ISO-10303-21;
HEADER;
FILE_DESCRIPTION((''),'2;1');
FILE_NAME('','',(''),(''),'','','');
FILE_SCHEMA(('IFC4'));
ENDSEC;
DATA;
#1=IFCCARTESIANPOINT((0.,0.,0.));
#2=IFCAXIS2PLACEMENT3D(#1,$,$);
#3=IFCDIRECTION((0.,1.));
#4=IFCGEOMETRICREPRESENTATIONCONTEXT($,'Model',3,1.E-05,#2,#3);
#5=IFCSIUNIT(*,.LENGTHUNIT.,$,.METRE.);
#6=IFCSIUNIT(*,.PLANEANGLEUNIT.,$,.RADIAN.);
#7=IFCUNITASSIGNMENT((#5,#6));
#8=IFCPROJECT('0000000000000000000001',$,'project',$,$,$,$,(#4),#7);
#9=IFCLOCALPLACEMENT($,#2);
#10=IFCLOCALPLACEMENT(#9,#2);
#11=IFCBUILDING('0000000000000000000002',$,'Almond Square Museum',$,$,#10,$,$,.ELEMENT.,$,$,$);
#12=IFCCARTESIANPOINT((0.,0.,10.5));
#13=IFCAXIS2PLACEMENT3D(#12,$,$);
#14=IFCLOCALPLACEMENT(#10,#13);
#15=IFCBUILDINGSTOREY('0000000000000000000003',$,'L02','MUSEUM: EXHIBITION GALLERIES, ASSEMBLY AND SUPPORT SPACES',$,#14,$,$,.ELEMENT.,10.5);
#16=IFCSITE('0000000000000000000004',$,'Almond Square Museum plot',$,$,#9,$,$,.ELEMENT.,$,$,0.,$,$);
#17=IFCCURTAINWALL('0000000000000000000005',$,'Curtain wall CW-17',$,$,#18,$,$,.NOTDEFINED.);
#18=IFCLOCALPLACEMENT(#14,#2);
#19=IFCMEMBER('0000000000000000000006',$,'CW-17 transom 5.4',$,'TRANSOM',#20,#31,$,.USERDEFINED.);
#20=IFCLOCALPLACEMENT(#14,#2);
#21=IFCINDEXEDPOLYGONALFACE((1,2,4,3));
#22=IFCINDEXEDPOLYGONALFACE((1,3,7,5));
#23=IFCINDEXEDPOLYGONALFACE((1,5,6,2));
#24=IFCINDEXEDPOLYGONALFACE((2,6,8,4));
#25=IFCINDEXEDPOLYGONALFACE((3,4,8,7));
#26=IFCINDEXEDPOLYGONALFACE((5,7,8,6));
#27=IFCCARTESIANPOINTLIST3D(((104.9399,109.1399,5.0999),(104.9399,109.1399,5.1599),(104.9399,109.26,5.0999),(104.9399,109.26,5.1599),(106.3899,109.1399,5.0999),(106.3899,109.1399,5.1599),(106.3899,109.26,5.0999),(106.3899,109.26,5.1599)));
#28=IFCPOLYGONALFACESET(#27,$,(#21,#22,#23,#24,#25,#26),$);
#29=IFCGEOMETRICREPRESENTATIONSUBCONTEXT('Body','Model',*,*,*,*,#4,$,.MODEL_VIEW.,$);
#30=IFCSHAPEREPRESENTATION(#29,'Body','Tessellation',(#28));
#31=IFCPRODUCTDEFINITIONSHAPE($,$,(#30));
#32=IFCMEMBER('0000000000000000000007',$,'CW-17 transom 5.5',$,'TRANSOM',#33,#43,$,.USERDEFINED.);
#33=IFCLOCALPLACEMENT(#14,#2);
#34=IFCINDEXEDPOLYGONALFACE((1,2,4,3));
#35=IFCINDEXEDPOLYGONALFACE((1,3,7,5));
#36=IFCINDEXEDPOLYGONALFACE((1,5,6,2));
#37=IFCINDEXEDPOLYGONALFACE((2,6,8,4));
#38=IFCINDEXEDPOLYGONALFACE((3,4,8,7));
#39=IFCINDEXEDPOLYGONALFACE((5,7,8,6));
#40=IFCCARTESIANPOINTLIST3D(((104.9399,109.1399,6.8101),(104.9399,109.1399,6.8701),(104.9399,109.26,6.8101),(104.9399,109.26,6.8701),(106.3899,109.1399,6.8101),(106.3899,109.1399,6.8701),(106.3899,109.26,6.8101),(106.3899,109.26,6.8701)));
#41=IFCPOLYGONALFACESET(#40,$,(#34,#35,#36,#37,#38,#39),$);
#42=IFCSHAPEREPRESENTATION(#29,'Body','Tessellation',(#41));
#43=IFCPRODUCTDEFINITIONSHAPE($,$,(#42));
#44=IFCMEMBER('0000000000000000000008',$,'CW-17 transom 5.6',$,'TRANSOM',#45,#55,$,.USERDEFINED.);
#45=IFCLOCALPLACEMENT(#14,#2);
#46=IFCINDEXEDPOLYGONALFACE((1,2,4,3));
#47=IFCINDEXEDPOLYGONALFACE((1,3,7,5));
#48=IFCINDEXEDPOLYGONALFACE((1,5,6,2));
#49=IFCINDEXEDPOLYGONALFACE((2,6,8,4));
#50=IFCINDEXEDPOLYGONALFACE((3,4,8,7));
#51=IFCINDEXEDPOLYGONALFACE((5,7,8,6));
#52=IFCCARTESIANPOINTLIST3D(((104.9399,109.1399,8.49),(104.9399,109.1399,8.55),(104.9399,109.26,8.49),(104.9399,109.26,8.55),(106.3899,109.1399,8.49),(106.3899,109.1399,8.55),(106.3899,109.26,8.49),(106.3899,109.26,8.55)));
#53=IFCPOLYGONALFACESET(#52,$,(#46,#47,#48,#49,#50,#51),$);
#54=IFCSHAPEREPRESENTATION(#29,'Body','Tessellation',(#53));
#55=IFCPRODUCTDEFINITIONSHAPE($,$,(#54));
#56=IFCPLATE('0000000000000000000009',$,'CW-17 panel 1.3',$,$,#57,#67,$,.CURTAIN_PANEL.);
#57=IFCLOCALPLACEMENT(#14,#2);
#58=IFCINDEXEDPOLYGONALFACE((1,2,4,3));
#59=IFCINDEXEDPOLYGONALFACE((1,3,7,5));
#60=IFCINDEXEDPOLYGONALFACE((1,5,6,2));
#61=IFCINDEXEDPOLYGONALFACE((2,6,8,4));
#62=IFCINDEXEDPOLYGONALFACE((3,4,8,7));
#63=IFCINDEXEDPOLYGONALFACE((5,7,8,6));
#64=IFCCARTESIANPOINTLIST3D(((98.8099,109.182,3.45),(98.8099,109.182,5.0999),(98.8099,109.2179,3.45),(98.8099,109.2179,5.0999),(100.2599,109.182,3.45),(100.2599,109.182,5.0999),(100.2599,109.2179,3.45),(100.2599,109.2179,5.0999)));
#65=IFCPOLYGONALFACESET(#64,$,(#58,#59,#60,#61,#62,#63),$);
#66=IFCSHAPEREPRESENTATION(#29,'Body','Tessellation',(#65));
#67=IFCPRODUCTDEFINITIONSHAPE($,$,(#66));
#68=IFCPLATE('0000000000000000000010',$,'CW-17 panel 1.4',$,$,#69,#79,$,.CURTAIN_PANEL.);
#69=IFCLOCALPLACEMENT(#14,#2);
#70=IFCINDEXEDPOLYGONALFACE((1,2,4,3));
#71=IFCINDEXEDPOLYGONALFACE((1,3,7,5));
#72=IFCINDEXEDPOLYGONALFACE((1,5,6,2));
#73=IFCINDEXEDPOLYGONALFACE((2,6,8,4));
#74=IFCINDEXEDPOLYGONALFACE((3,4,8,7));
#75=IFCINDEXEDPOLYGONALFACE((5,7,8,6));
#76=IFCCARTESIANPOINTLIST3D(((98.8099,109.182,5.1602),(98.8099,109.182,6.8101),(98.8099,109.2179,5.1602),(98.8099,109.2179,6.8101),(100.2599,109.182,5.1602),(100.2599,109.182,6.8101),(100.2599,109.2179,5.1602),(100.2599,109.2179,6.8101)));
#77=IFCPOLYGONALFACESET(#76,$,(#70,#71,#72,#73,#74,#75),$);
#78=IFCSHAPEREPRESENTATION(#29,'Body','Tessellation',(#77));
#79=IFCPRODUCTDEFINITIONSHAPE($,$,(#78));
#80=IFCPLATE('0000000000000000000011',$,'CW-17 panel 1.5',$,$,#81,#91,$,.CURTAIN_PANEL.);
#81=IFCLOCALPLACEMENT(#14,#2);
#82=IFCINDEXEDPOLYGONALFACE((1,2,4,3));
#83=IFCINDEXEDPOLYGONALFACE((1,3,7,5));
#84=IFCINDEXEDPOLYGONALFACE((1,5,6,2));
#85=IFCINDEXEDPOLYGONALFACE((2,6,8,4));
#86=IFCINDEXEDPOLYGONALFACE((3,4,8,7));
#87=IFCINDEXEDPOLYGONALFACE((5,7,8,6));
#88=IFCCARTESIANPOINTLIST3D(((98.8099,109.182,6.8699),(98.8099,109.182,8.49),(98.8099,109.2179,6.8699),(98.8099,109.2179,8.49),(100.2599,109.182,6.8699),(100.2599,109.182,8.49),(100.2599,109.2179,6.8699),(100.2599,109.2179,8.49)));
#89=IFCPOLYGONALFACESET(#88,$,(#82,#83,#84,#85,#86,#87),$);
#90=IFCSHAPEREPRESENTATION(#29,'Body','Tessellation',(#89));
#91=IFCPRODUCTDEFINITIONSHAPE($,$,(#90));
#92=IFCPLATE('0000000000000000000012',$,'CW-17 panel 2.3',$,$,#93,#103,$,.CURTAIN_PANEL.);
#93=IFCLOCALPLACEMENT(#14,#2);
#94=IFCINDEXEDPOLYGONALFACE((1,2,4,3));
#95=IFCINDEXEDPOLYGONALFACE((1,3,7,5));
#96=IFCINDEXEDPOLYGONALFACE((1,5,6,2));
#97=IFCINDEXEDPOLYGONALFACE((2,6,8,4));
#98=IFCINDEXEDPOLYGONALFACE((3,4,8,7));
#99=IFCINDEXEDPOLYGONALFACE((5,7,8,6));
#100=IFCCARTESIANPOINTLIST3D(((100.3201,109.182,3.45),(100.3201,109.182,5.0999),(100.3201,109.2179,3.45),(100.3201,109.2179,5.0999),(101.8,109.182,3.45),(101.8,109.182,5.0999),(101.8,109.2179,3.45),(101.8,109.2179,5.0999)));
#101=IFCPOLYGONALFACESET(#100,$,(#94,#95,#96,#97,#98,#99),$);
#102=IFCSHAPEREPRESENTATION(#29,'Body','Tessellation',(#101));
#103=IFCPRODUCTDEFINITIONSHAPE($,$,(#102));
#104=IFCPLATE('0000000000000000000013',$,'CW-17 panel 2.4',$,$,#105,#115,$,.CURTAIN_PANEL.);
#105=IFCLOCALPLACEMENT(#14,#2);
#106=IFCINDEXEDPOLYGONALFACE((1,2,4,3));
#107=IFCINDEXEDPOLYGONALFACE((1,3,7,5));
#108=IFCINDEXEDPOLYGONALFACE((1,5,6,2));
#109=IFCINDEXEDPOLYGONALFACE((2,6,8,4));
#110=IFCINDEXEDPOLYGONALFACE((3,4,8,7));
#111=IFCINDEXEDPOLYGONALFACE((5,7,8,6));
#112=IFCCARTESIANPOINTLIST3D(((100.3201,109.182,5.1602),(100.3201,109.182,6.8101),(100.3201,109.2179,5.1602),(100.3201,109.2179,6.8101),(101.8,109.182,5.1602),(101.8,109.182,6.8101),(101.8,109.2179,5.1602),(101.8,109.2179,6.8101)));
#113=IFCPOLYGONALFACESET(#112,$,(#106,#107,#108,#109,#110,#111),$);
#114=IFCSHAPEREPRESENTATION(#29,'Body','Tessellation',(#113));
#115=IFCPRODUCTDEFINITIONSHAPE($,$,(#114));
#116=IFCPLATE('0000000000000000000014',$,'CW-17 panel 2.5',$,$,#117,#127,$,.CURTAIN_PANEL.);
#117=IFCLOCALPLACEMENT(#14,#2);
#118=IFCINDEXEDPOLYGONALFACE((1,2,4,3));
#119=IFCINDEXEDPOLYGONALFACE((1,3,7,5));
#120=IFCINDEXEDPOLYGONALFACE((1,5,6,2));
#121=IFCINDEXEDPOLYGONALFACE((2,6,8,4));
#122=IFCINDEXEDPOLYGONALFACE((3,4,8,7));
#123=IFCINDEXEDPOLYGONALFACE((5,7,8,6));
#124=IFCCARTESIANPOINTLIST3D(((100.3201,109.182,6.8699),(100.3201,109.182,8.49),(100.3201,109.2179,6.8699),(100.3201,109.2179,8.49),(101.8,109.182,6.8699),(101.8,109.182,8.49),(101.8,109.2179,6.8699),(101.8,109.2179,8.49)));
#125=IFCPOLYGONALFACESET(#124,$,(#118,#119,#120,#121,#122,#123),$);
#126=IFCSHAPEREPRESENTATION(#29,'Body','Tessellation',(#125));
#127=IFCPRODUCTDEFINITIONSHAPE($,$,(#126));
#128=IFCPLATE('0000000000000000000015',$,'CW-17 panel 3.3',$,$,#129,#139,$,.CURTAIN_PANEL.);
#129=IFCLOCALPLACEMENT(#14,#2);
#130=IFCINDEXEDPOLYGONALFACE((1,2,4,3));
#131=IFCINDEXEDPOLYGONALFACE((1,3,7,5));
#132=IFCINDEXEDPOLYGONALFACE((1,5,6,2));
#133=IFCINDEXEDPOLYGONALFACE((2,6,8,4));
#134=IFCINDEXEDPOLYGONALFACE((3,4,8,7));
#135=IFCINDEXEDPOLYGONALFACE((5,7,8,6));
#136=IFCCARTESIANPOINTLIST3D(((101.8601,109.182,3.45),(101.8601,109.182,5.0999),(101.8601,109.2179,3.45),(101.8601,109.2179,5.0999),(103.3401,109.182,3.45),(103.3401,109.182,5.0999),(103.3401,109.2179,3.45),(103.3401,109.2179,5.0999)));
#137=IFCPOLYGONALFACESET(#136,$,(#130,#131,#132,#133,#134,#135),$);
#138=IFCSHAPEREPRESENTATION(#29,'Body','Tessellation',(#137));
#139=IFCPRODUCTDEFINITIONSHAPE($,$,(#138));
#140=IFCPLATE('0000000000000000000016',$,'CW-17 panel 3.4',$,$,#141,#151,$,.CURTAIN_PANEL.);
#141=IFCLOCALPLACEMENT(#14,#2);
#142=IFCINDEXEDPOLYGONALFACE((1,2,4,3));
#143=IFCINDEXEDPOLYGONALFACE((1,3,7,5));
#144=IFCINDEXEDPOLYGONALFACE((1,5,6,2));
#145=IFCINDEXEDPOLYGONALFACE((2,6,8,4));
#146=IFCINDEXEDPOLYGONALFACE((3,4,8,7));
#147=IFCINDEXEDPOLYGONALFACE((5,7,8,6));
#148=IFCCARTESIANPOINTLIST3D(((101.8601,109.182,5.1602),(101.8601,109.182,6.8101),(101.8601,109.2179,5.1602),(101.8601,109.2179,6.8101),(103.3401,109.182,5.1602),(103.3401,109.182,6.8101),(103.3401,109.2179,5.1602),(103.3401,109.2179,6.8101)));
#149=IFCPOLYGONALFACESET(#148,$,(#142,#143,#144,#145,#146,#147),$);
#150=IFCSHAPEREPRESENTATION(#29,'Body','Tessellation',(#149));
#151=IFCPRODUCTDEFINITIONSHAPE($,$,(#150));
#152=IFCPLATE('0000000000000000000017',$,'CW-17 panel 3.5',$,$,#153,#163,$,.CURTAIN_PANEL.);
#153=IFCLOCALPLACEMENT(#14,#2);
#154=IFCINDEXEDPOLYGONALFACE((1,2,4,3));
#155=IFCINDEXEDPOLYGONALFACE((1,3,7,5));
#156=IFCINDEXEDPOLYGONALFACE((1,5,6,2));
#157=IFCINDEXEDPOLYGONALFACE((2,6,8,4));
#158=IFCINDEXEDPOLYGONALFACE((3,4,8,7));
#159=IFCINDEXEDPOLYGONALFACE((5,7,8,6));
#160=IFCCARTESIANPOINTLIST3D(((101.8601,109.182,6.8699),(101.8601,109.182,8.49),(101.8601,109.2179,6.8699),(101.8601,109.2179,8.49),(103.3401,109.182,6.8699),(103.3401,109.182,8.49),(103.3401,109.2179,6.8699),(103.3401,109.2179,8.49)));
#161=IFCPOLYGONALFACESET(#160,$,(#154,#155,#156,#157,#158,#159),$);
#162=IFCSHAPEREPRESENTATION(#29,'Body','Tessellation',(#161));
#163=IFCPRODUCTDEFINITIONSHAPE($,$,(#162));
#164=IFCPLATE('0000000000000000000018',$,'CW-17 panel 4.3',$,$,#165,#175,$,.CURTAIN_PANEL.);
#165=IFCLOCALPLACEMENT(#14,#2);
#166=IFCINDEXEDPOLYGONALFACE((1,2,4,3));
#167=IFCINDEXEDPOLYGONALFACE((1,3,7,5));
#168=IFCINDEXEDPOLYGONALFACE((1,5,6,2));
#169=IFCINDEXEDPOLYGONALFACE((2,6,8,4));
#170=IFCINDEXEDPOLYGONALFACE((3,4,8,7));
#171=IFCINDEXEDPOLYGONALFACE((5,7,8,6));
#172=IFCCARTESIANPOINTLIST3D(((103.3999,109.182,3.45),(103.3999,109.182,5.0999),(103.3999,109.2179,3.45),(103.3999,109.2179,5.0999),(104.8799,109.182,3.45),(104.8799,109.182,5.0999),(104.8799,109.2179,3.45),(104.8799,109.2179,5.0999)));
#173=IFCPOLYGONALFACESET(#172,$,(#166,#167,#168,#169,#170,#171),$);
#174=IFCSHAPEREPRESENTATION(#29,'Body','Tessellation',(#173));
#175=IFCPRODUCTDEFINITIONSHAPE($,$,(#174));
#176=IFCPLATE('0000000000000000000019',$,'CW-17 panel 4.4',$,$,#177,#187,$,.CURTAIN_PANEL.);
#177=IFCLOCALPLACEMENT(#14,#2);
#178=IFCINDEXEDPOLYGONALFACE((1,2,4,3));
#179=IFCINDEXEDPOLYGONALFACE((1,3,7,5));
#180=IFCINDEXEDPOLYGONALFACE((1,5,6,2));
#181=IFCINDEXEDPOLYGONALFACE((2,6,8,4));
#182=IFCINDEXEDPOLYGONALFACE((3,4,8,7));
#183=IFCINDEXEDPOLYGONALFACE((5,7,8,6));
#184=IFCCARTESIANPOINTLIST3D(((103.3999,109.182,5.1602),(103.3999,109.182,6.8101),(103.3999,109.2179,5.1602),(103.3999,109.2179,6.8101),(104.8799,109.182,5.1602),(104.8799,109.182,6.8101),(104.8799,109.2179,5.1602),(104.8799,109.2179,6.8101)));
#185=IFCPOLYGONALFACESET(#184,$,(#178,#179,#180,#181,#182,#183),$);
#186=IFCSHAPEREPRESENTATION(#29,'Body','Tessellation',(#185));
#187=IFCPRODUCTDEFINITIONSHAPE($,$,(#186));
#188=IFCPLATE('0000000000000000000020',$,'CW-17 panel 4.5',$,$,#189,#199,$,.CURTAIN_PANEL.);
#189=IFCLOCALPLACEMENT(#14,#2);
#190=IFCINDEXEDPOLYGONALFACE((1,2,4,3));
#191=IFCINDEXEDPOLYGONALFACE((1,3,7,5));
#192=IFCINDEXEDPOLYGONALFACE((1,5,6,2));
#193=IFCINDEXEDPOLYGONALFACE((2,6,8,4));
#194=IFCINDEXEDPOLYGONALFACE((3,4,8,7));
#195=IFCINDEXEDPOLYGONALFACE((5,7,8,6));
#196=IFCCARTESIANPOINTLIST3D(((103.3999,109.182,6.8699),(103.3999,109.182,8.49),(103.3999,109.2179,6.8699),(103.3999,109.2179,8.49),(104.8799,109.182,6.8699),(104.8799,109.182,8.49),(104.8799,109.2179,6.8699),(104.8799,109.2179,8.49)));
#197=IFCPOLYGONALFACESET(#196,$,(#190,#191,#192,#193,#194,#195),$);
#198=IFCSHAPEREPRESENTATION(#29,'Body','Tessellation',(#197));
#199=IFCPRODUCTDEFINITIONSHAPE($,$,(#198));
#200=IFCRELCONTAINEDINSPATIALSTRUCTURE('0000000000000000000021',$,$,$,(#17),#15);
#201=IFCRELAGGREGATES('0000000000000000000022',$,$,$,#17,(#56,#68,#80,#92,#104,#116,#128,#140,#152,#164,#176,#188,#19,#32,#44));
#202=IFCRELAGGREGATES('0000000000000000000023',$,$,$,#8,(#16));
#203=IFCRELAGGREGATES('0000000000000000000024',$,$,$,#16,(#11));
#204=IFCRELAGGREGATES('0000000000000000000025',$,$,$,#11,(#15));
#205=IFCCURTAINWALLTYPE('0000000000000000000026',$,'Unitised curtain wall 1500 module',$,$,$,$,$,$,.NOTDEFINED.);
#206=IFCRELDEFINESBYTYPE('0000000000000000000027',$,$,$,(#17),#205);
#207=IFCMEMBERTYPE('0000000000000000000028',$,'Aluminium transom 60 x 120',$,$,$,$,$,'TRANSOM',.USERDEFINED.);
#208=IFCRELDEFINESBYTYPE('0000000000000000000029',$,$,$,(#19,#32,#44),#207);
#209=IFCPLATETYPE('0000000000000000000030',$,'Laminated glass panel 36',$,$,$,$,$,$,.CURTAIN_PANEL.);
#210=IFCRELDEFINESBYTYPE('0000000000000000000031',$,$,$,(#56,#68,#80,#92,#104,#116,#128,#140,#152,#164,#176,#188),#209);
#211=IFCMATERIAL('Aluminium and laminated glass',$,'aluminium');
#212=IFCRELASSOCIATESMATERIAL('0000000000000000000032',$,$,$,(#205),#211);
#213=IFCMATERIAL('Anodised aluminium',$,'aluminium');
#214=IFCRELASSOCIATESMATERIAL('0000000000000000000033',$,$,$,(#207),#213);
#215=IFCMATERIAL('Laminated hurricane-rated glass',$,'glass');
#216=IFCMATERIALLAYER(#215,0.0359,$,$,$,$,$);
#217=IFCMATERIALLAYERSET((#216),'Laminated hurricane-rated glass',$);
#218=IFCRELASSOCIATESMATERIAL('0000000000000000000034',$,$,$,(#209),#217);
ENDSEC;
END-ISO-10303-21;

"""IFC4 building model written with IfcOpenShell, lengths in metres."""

from ifc_helpers import new_model, si_unit, direction, frame, origin, origin_2d, place, context, subcontext, project, spatial, rectangle, extrude, material, layer, layer_set, material_profile, profile_set, type_object, element, aggregate, save


model = new_model("IFC4")

# Units and contexts
model_context = context("Model", 3, precision=1e-05, world=origin(), true_north=direction((0.0, 1.0)))
body_context = subcontext(model_context, "Body", "Model", "MODEL_VIEW")
ifc_project = project(units=[si_unit("LENGTHUNIT", "METRE"), si_unit("PLANEANGLEUNIT", "RADIAN")], contexts=[model_context])

# Site, building, storey
site_placement = place(None, origin())
site = spatial("IfcSite", under=ifc_project, at=site_placement, Name="Almond Square Museum plot", CompositionType="ELEMENT", RefElevation=0.0)
building_placement = place(site_placement, origin())
building = spatial("IfcBuilding", under=site, at=building_placement, Name="Almond Square Museum", CompositionType="ELEMENT")
storey_placement = place(building_placement, frame((0.0, 0.0, 10.5)))
storey = spatial("IfcBuildingStorey", under=building, at=storey_placement, Name="L02", Description="MUSEUM: EXHIBITION GALLERIES, ASSEMBLY AND SUPPORT SPACES", CompositionType="ELEMENT", Elevation=10.5)

# Curtain wall, members, plates
ifc_material_1 = material(Name="Aluminium and laminated glass", Category="aluminium")
curtain_wall_type = type_object("IfcCurtainWallType", Name="Unitised curtain wall 1500 module", PredefinedType="NOTDEFINED", material=ifc_material_1)
curtain_wall_placement = place(storey_placement, origin())
curtain_wall = element("IfcCurtainWall", 1, at=curtain_wall_placement, inside=storey, type_object=curtain_wall_type, Name="Curtain wall CW-17", PredefinedType="NOTDEFINED")
ifc_material_2 = material(Name="Anodised aluminium", Category="aluminium")
ifc_material_profile = material_profile(ifc_material_2, rectangle(XDim=0.1201, YDim=0.0601, at=origin_2d()))
ifc_profile_set = profile_set([ifc_material_profile], Name="Anodised aluminium")
member_type = type_object("IfcMemberType", Name="Aluminium transom 60 x 120", ElementType="TRANSOM", PredefinedType="USERDEFINED", material=ifc_profile_set)
member_1_placement = place(storey_placement, frame((104.9399, 109.2, 5.1299), z_axis=(1.0, 0.0, 0.0), x_axis=(0.0, 1.0, 0.0)))
member_1 = element("IfcMember", 2, at=member_1_placement, type_object=member_type, Name="CW-17 transom 5.4", ObjectType="TRANSOM", PredefinedType="USERDEFINED", context=body_context, shape_type="SweptSolid", body=[
    extrude(rectangle(XDim=0.1201, YDim=0.0601, at=origin_2d()), origin(), (0.0, 0.0, 1.0), 1.45),
])
member_2_placement = place(storey_placement, frame((104.9399, 109.2, 6.8401), z_axis=(1.0, 0.0, 0.0), x_axis=(0.0, 1.0, 0.0)))
member_2 = element("IfcMember", 3, at=member_2_placement, type_object=member_type, Name="CW-17 transom 5.5", ObjectType="TRANSOM", PredefinedType="USERDEFINED", context=body_context, shape_type="SweptSolid", body=[
    extrude(rectangle(XDim=0.1201, YDim=0.0601, at=origin_2d()), origin(), (0.0, 0.0, 1.0), 1.45),
])
member_3_placement = place(storey_placement, frame((104.9399, 109.2, 8.52), z_axis=(1.0, 0.0, 0.0), x_axis=(0.0, 1.0, 0.0)))
member_3 = element("IfcMember", 4, at=member_3_placement, type_object=member_type, Name="CW-17 transom 5.6", ObjectType="TRANSOM", PredefinedType="USERDEFINED", context=body_context, shape_type="SweptSolid", body=[
    extrude(rectangle(XDim=0.1201, YDim=0.0601, at=origin_2d()), origin(), (0.0, 0.0, 1.0), 1.45),
])
ifc_material_3 = material(Name="Laminated hurricane-rated glass", Category="glass")
ifc_layer = layer(ifc_material_3, 0.0359)
ifc_layer_set = layer_set([ifc_layer], Name="Laminated hurricane-rated glass")
plate_type = type_object("IfcPlateType", Name="Laminated glass panel 36", PredefinedType="CURTAIN_PANEL", material=ifc_layer_set)
plate_1_placement = place(storey_placement, frame((99.5349, 109.2, 3.45), z_axis=(0.0, 0.0, 1.0), x_axis=(1.0, 0.0, 0.0)))
plate_1 = element("IfcPlate", 5, at=plate_1_placement, type_object=plate_type, Name="CW-17 panel 1.3", PredefinedType="CURTAIN_PANEL", context=body_context, shape_type="SweptSolid", body=[
    extrude(rectangle(XDim=1.45, YDim=0.0359, at=origin_2d()), origin(), (0.0, 0.0, 1.0), 1.6499),
])
plate_2_placement = place(storey_placement, frame((99.5349, 109.2, 5.1602), z_axis=(0.0, 0.0, 1.0), x_axis=(1.0, 0.0, 0.0)))
plate_2 = element("IfcPlate", 6, at=plate_2_placement, type_object=plate_type, Name="CW-17 panel 1.4", PredefinedType="CURTAIN_PANEL", context=body_context, shape_type="SweptSolid", body=[
    extrude(rectangle(XDim=1.45, YDim=0.0359, at=origin_2d()), origin(), (0.0, 0.0, 1.0), 1.6499),
])
plate_3_placement = place(storey_placement, frame((99.5349, 109.2, 6.8699), z_axis=(0.0, 0.0, 1.0), x_axis=(1.0, 0.0, 0.0)))
plate_3 = element("IfcPlate", 7, at=plate_3_placement, type_object=plate_type, Name="CW-17 panel 1.5", PredefinedType="CURTAIN_PANEL", context=body_context, shape_type="SweptSolid", body=[
    extrude(rectangle(XDim=1.45, YDim=0.0359, at=origin_2d()), origin(), (0.0, 0.0, 1.0), 1.6201),
])
plate_4_placement = place(storey_placement, frame((101.0601, 109.2, 3.45), z_axis=(0.0, 0.0, 1.0), x_axis=(1.0, 0.0, 0.0)))
plate_4 = element("IfcPlate", 8, at=plate_4_placement, type_object=plate_type, Name="CW-17 panel 2.3", PredefinedType="CURTAIN_PANEL", context=body_context, shape_type="SweptSolid", body=[
    extrude(rectangle(XDim=1.48, YDim=0.0359, at=origin_2d()), origin(), (0.0, 0.0, 1.0), 1.6499),
])
plate_5_placement = place(storey_placement, frame((101.0601, 109.2, 5.1602), z_axis=(0.0, 0.0, 1.0), x_axis=(1.0, 0.0, 0.0)))
plate_5 = element("IfcPlate", 9, at=plate_5_placement, type_object=plate_type, Name="CW-17 panel 2.4", PredefinedType="CURTAIN_PANEL", context=body_context, shape_type="SweptSolid", body=[
    extrude(rectangle(XDim=1.48, YDim=0.0359, at=origin_2d()), origin(), (0.0, 0.0, 1.0), 1.6499),
])
plate_6_placement = place(storey_placement, frame((101.0601, 109.2, 6.8699), z_axis=(0.0, 0.0, 1.0), x_axis=(1.0, 0.0, 0.0)))
plate_6 = element("IfcPlate", 10, at=plate_6_placement, type_object=plate_type, Name="CW-17 panel 2.5", PredefinedType="CURTAIN_PANEL", context=body_context, shape_type="SweptSolid", body=[
    extrude(rectangle(XDim=1.48, YDim=0.0359, at=origin_2d()), origin(), (0.0, 0.0, 1.0), 1.6201),
])
plate_7_placement = place(storey_placement, frame((102.6001, 109.2, 3.45), z_axis=(0.0, 0.0, 1.0), x_axis=(1.0, 0.0, 0.0)))
plate_7 = element("IfcPlate", 11, at=plate_7_placement, type_object=plate_type, Name="CW-17 panel 3.3", PredefinedType="CURTAIN_PANEL", context=body_context, shape_type="SweptSolid", body=[
    extrude(rectangle(XDim=1.48, YDim=0.0359, at=origin_2d()), origin(), (0.0, 0.0, 1.0), 1.6499),
])
plate_8_placement = place(storey_placement, frame((102.6001, 109.2, 5.1602), z_axis=(0.0, 0.0, 1.0), x_axis=(1.0, 0.0, 0.0)))
plate_8 = element("IfcPlate", 12, at=plate_8_placement, type_object=plate_type, Name="CW-17 panel 3.4", PredefinedType="CURTAIN_PANEL", context=body_context, shape_type="SweptSolid", body=[
    extrude(rectangle(XDim=1.48, YDim=0.0359, at=origin_2d()), origin(), (0.0, 0.0, 1.0), 1.6499),
])
plate_9_placement = place(storey_placement, frame((102.6001, 109.2, 6.8699), z_axis=(0.0, 0.0, 1.0), x_axis=(1.0, 0.0, 0.0)))
plate_9 = element("IfcPlate", 13, at=plate_9_placement, type_object=plate_type, Name="CW-17 panel 3.5", PredefinedType="CURTAIN_PANEL", context=body_context, shape_type="SweptSolid", body=[
    extrude(rectangle(XDim=1.48, YDim=0.0359, at=origin_2d()), origin(), (0.0, 0.0, 1.0), 1.6201),
])
plate_10_placement = place(storey_placement, frame((104.1399, 109.2, 3.45), z_axis=(0.0, 0.0, 1.0), x_axis=(1.0, 0.0, 0.0)))
plate_10 = element("IfcPlate", 14, at=plate_10_placement, type_object=plate_type, Name="CW-17 panel 4.3", PredefinedType="CURTAIN_PANEL", context=body_context, shape_type="SweptSolid", body=[
    extrude(rectangle(XDim=1.48, YDim=0.0359, at=origin_2d()), origin(), (0.0, 0.0, 1.0), 1.6499),
])
plate_11_placement = place(storey_placement, frame((104.1399, 109.2, 5.1602), z_axis=(0.0, 0.0, 1.0), x_axis=(1.0, 0.0, 0.0)))
plate_11 = element("IfcPlate", 15, at=plate_11_placement, type_object=plate_type, Name="CW-17 panel 4.4", PredefinedType="CURTAIN_PANEL", context=body_context, shape_type="SweptSolid", body=[
    extrude(rectangle(XDim=1.48, YDim=0.0359, at=origin_2d()), origin(), (0.0, 0.0, 1.0), 1.6499),
])
plate_12_placement = place(storey_placement, frame((104.1399, 109.2, 6.8699), z_axis=(0.0, 0.0, 1.0), x_axis=(1.0, 0.0, 0.0)))
plate_12 = element("IfcPlate", 16, at=plate_12_placement, type_object=plate_type, Name="CW-17 panel 4.5", PredefinedType="CURTAIN_PANEL", context=body_context, shape_type="SweptSolid", body=[
    extrude(rectangle(XDim=1.48, YDim=0.0359, at=origin_2d()), origin(), (0.0, 0.0, 1.0), 1.6201),
])
aggregate(curtain_wall, [plate_1, plate_2, plate_3, plate_4, plate_5, plate_6, plate_7, plate_8, plate_9, plate_10, plate_11, plate_12, member_1, member_2, member_3])

save(model, "model.ifc")
